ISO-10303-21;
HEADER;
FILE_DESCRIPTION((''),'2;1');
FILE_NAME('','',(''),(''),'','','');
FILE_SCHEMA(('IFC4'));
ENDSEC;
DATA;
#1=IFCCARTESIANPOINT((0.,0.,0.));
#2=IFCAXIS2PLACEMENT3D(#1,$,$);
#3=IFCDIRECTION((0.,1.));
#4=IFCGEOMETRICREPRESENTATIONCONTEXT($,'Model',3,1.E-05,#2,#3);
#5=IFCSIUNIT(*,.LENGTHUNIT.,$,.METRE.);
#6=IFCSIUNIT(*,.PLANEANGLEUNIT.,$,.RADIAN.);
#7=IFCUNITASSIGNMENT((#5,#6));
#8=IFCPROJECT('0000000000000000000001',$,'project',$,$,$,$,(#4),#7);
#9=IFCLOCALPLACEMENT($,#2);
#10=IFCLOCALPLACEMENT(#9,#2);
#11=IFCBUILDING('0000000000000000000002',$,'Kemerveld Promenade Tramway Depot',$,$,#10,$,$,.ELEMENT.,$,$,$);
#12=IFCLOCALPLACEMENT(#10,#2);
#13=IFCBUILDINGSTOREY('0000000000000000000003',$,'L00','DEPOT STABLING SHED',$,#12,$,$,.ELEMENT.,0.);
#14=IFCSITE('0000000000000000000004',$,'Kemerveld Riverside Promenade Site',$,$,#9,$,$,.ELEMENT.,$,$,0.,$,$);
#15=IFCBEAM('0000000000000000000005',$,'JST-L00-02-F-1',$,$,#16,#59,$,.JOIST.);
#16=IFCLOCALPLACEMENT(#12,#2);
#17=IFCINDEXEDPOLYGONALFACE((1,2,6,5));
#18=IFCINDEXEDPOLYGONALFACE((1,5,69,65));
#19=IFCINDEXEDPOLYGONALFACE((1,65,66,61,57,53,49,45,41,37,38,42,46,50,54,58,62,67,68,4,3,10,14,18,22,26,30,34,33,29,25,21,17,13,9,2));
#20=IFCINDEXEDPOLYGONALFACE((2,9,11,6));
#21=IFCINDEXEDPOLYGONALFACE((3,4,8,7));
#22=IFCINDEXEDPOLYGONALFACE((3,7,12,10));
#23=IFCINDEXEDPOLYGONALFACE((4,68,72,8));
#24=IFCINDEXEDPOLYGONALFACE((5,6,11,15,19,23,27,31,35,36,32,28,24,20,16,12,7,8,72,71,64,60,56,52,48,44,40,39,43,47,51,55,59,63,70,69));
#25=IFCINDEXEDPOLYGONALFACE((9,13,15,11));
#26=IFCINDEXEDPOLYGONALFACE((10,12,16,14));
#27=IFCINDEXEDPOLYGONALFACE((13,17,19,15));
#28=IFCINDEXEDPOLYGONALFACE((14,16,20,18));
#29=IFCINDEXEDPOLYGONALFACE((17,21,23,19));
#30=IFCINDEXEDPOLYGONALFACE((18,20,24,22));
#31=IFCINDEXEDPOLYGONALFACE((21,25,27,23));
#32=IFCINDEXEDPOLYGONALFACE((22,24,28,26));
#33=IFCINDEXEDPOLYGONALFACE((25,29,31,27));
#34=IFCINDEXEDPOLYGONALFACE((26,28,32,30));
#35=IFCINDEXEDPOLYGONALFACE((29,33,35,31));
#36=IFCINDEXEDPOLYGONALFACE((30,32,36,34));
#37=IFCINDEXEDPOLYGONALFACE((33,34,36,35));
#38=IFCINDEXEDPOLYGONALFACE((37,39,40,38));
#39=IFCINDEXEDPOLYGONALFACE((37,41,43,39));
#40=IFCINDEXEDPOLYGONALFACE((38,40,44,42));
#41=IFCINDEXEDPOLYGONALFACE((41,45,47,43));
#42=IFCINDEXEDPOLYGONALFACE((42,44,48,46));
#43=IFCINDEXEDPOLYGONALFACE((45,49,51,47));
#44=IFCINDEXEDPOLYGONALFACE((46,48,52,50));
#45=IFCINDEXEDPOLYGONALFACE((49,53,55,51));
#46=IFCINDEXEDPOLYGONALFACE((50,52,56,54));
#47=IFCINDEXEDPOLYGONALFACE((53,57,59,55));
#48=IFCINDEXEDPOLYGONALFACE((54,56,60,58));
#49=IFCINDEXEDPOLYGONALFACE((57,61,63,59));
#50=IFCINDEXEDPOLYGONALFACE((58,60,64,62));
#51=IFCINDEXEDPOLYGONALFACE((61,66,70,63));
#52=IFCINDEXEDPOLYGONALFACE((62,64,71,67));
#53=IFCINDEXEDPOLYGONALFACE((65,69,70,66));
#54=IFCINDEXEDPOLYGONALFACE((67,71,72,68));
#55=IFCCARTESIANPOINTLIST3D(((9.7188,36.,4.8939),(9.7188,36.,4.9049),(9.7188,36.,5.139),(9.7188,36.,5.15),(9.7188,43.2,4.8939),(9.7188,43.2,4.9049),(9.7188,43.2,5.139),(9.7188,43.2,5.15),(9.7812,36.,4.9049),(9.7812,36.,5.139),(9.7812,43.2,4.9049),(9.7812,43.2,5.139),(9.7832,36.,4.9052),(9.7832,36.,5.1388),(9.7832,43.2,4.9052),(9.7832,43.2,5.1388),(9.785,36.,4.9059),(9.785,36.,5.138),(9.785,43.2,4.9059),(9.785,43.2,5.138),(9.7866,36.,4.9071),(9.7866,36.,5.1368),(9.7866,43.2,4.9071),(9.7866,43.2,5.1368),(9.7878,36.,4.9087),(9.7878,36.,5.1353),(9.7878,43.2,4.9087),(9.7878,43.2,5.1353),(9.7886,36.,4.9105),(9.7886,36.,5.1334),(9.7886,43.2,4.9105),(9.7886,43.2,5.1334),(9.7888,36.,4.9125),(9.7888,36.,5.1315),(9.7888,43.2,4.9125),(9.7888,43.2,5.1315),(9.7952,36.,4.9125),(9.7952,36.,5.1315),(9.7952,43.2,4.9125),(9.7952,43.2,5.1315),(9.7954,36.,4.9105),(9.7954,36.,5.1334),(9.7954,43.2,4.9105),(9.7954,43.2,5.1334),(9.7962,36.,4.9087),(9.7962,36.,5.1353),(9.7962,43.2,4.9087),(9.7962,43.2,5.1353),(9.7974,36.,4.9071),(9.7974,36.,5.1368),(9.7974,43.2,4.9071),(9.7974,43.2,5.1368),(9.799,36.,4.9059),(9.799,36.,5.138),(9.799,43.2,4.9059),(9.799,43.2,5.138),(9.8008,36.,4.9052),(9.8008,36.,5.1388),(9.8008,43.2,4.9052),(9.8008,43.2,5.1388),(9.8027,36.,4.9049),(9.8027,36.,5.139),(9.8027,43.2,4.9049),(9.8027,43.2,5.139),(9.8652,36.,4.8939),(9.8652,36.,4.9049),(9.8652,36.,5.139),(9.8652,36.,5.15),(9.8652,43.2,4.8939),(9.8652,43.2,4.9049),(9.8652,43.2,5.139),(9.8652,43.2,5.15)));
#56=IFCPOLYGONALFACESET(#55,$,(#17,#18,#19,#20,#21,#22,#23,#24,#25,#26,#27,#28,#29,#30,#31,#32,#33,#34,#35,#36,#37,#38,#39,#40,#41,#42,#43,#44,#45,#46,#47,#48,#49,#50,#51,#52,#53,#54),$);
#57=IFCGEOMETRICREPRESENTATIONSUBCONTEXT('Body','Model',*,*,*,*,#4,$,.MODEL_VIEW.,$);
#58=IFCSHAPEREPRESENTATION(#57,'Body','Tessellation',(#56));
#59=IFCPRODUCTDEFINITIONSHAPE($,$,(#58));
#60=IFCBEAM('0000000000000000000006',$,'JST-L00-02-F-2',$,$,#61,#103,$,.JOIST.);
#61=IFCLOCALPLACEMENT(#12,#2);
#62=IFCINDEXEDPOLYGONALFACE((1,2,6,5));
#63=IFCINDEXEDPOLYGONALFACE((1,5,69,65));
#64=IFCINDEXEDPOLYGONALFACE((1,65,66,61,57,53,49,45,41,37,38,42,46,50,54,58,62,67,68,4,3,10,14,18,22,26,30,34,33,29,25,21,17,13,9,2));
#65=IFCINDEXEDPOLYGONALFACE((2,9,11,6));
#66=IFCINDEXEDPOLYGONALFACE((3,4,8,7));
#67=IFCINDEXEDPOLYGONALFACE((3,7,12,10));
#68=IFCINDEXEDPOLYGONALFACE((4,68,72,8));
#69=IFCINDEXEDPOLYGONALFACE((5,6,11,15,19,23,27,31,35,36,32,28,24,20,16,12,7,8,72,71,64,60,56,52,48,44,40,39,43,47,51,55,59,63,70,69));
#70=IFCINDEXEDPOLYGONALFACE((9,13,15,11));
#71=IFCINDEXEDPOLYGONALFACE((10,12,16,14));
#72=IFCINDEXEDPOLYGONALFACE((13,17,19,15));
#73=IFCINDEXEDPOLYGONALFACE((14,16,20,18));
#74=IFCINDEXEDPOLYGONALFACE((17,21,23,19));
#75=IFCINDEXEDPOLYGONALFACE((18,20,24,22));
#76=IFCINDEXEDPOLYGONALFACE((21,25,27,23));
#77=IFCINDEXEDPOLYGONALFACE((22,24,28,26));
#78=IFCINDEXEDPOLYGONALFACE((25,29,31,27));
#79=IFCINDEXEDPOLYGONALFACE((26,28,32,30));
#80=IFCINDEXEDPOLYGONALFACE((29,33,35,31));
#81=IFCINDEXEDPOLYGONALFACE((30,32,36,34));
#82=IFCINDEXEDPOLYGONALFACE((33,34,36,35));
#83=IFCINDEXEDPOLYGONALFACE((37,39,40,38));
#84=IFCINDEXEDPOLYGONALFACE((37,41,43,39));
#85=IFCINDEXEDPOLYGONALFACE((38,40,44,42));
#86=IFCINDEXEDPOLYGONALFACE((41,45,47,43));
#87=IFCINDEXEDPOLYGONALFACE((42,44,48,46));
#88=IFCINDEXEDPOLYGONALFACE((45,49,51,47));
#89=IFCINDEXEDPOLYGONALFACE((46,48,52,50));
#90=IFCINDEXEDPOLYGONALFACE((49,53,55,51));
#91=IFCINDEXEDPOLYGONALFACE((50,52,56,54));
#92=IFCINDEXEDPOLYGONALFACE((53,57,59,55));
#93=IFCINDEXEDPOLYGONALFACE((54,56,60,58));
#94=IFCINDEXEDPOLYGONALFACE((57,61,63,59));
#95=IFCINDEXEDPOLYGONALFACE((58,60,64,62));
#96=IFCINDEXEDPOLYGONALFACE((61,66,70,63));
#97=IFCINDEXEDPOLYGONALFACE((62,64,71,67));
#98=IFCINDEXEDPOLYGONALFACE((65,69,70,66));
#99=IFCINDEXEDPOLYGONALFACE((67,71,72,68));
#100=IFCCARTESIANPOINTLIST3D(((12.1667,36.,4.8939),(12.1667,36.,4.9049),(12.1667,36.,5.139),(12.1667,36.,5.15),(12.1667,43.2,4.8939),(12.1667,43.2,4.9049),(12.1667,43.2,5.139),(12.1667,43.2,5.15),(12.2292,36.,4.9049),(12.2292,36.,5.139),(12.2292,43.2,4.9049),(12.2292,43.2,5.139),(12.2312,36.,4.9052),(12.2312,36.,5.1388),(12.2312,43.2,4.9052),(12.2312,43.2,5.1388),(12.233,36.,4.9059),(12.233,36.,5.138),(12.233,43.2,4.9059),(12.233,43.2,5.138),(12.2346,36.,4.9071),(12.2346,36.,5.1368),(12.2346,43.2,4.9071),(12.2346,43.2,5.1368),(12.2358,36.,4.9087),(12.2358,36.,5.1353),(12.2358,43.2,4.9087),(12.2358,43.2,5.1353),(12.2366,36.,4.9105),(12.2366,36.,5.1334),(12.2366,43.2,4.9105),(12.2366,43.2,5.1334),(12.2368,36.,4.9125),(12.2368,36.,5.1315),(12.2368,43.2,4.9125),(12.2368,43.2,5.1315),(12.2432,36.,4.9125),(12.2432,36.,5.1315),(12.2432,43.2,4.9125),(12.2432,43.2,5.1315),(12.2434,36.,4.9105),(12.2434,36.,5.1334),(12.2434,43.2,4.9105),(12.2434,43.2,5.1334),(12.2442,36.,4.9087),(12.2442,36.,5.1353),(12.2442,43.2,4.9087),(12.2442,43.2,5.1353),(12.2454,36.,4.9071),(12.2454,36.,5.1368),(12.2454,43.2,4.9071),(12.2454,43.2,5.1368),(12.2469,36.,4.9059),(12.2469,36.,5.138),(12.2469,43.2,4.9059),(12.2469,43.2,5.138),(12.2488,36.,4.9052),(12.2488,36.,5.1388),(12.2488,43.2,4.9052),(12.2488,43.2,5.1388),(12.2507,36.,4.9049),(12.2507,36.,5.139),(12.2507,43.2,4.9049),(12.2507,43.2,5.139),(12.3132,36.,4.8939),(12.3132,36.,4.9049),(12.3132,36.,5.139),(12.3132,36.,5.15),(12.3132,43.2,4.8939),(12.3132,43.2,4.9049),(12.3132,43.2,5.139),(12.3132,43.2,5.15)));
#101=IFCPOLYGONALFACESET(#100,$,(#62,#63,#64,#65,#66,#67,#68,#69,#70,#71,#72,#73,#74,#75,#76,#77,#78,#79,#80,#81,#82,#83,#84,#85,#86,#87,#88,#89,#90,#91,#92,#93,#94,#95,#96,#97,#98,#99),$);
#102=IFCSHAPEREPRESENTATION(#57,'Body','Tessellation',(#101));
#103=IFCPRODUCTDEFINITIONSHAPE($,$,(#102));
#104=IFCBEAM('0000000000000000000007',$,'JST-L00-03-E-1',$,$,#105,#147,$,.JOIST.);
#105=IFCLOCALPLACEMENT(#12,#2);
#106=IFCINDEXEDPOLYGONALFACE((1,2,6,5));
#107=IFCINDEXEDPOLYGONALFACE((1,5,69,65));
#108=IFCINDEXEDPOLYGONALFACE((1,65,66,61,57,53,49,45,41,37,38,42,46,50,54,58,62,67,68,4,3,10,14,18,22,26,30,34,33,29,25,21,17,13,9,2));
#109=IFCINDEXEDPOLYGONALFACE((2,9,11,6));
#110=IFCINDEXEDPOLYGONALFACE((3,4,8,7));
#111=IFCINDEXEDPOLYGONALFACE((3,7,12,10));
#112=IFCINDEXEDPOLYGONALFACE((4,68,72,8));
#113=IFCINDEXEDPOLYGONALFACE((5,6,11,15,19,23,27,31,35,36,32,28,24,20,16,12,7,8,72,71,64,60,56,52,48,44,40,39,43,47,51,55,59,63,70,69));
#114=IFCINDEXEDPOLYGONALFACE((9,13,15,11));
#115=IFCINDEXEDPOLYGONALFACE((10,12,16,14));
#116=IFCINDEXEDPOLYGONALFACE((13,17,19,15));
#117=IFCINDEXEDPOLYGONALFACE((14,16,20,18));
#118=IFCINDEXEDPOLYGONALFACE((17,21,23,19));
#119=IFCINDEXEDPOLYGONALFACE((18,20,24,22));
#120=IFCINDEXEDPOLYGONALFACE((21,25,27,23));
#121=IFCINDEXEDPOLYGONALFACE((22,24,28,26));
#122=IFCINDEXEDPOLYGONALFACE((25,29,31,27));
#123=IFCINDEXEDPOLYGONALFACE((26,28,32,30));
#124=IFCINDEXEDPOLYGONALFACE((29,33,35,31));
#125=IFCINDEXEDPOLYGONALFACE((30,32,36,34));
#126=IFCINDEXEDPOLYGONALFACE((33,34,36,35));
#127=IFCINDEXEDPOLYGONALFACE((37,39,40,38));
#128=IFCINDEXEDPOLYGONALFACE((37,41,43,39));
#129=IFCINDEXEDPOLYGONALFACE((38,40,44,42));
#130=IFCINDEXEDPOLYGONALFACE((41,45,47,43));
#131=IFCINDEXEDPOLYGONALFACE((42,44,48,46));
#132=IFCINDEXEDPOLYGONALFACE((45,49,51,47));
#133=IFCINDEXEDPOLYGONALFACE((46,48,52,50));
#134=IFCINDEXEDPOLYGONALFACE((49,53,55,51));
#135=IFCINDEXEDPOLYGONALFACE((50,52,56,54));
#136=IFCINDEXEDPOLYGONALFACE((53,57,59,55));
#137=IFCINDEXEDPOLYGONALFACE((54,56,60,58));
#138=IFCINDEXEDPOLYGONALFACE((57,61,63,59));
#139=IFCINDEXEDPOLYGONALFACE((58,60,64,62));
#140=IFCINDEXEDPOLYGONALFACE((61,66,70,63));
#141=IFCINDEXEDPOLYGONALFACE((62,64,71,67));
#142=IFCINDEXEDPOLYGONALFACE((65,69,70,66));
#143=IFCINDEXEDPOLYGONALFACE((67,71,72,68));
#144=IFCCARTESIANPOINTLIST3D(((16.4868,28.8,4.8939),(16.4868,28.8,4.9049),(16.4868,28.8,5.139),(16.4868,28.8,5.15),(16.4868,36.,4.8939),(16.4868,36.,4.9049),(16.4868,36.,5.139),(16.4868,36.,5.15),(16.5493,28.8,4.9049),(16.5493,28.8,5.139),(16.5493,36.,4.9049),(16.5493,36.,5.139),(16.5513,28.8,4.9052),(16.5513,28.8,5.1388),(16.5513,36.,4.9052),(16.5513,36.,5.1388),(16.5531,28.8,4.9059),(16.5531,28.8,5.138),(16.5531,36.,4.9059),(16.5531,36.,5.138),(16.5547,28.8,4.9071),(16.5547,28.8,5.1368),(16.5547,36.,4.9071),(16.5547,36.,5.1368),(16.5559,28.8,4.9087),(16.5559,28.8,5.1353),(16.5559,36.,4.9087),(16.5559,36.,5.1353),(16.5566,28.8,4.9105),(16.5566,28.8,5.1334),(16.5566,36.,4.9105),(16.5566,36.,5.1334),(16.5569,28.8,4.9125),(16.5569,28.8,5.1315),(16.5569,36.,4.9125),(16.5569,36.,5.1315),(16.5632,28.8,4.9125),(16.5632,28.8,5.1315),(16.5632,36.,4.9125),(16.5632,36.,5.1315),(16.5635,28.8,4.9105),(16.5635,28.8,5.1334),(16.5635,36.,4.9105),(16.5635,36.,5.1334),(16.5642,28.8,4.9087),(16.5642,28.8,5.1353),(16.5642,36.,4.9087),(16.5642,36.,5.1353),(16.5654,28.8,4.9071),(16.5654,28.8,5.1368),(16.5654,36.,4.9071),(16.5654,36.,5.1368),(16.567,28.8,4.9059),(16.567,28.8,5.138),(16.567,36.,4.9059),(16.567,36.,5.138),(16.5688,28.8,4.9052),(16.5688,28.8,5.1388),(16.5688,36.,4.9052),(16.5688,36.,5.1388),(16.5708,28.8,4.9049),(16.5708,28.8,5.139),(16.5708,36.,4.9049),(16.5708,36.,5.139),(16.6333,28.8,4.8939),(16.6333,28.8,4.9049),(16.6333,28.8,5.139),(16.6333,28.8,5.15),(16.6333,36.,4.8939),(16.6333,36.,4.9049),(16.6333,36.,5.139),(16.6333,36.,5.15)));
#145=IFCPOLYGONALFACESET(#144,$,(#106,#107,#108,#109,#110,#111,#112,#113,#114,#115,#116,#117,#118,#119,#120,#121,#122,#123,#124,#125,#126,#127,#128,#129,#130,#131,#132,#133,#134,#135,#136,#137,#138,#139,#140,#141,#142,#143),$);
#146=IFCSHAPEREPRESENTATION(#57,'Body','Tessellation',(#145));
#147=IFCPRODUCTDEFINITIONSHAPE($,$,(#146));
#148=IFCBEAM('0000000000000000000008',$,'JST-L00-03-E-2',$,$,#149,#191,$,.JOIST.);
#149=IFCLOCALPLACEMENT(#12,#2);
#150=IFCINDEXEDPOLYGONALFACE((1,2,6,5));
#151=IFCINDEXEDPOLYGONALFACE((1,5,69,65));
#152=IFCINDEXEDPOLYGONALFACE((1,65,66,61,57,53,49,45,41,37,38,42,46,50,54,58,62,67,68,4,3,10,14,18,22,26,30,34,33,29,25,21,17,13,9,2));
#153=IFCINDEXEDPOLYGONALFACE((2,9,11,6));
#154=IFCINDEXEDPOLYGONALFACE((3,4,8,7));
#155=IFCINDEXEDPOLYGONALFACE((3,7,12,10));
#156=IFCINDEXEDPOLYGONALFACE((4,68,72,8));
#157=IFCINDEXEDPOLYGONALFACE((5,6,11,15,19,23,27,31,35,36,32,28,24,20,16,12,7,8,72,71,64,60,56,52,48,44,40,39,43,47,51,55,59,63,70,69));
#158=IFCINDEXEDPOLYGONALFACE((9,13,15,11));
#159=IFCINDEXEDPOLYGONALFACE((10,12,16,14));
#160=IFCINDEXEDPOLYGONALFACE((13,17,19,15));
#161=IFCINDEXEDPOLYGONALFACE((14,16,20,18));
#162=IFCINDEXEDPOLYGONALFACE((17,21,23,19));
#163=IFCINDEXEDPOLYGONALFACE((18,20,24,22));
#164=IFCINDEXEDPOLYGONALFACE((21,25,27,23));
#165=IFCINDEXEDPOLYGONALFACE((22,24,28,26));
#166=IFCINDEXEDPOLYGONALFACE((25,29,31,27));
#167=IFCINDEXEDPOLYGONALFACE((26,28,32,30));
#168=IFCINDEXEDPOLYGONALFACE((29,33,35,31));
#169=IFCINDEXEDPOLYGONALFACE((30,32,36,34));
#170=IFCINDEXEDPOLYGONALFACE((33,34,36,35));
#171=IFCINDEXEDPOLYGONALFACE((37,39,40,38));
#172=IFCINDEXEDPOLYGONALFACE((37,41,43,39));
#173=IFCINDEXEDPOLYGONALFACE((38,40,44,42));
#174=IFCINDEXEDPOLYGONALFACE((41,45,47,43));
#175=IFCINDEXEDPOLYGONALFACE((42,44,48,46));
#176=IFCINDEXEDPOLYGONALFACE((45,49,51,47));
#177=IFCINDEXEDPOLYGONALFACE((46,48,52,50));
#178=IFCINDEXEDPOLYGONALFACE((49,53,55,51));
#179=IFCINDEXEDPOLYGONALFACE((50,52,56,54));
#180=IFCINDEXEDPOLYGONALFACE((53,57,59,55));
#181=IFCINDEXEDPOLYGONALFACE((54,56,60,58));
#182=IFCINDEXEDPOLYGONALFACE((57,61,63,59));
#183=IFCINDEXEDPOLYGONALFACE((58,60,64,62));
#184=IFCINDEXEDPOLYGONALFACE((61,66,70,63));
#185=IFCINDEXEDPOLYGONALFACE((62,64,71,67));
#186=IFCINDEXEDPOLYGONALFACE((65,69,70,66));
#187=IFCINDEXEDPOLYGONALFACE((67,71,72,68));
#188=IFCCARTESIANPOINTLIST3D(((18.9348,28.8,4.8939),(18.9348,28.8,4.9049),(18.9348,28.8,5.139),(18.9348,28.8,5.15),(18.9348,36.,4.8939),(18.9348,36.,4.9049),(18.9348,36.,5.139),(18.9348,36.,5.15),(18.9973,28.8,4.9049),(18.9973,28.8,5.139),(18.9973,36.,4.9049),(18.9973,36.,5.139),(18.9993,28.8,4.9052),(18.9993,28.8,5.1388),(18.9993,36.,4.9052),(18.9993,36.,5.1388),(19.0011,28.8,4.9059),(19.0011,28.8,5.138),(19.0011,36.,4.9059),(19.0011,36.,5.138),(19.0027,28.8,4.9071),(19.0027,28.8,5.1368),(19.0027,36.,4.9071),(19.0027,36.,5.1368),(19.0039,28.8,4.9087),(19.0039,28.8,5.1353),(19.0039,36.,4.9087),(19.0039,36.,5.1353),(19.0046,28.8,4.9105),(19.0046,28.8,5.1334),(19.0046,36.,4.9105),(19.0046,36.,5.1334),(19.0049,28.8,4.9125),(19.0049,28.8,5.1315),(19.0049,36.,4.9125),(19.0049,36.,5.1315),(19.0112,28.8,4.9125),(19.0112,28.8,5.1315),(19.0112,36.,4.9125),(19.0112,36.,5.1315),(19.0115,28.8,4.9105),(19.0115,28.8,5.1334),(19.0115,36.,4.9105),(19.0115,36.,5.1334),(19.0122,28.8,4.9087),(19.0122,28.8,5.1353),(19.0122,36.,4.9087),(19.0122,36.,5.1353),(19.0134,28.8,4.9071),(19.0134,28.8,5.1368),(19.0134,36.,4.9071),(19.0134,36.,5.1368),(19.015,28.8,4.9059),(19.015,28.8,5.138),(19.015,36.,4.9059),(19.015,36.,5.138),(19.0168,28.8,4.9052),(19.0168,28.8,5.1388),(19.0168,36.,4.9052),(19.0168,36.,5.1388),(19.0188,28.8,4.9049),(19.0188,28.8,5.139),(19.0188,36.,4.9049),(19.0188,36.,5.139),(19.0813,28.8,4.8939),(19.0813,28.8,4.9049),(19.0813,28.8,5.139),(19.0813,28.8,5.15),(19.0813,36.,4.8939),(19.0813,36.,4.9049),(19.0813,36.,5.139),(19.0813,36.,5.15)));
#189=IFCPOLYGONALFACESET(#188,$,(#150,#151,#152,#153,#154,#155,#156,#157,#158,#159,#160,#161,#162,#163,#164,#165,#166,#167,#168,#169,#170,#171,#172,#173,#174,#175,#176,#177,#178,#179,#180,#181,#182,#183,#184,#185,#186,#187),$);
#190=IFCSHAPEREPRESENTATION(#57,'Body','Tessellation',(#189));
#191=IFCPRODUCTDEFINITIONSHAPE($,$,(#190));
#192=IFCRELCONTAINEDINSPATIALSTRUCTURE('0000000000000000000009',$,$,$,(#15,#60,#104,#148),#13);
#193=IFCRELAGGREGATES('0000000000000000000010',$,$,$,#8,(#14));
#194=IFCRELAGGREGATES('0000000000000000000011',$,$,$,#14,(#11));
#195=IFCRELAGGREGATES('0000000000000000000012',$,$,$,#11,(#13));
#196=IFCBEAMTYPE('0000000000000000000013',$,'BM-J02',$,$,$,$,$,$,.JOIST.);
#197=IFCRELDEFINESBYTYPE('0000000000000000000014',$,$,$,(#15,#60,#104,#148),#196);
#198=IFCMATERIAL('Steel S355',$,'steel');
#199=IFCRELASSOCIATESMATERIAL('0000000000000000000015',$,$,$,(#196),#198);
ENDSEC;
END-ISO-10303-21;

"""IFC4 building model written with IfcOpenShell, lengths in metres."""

from ifc_helpers import new_model, si_unit, direction, frame, origin, origin_2d, place, context, subcontext, project, spatial, i_section, extrude, material, material_profile, profile_set, type_object, element, save


model = new_model("IFC4")

# Units and contexts
model_context = context("Model", 3, precision=1e-05, world=origin(), true_north=direction((0.0, 1.0)))
body_context = subcontext(model_context, "Body", "Model", "MODEL_VIEW")
ifc_project = project(units=[si_unit("LENGTHUNIT", "METRE"), si_unit("PLANEANGLEUNIT", "RADIAN")], contexts=[model_context])

# Site, building, storey
site_placement = place(None, origin())
site = spatial("IfcSite", under=ifc_project, at=site_placement, Name="Kemerveld Riverside Promenade Site", CompositionType="ELEMENT", RefElevation=0.0)
building_placement = place(site_placement, origin())
building = spatial("IfcBuilding", under=site, at=building_placement, Name="Kemerveld Promenade Tramway Depot", CompositionType="ELEMENT")
storey_placement = place(building_placement, origin())
storey = spatial("IfcBuildingStorey", under=building, at=storey_placement, Name="L00", Description="DEPOT STABLING SHED", CompositionType="ELEMENT", Elevation=0.0)

# Shared definitions
ifc_material_1 = material(Name="Steel S355", Category="steel")

# Beams
ifc_material_profile_1 = material_profile(ifc_material_1, i_section(OverallWidth=0.1465, OverallDepth=0.2561, WebThickness=0.0063, FlangeThickness=0.011, FilletRadius=0.0076, at=origin_2d()), Name="254x146x37 UB")
ifc_profile_set_1 = profile_set([ifc_material_profile_1], Name="Steel S355")
beam_type_1 = type_object("IfcBeamType", Name="BM-J02", PredefinedType="JOIST", material=ifc_profile_set_1)
for number, where, z_axis, x_axis, name in (
    (1, (9.792, 36.0, 5.022), (0.0, 1.0, 0.0), (-1.0, 0.0, 0.0), "JST-L00-02-F-1"),
    (2, (12.24, 36.0, 5.022), (0.0, 1.0, 0.0), (-1.0, 0.0, 0.0), "JST-L00-02-F-2"),
    (3, (16.5601, 28.8, 5.022), (0.0, 1.0, 0.0), (-1.0, 0.0, 0.0), "JST-L00-03-E-1"),
    (4, (19.0081, 28.8, 5.022), (0.0, 1.0, 0.0), (-1.0, 0.0, 0.0), "JST-L00-03-E-2"),
):
    element("IfcBeam", number, at=place(storey_placement, frame(where, z_axis=z_axis, x_axis=x_axis)), inside=storey, type_object=beam_type_1, Name=name, PredefinedType="JOIST", context=body_context, shape_type="SweptSolid", body=[
        extrude(i_section(OverallWidth=0.1465, OverallDepth=0.2561, WebThickness=0.0063, FlangeThickness=0.011, FilletRadius=0.0076, at=origin_2d()), origin(), (0.0, 0.0, 1.0), 7.2),
    ])

save(model, "model.ifc")
